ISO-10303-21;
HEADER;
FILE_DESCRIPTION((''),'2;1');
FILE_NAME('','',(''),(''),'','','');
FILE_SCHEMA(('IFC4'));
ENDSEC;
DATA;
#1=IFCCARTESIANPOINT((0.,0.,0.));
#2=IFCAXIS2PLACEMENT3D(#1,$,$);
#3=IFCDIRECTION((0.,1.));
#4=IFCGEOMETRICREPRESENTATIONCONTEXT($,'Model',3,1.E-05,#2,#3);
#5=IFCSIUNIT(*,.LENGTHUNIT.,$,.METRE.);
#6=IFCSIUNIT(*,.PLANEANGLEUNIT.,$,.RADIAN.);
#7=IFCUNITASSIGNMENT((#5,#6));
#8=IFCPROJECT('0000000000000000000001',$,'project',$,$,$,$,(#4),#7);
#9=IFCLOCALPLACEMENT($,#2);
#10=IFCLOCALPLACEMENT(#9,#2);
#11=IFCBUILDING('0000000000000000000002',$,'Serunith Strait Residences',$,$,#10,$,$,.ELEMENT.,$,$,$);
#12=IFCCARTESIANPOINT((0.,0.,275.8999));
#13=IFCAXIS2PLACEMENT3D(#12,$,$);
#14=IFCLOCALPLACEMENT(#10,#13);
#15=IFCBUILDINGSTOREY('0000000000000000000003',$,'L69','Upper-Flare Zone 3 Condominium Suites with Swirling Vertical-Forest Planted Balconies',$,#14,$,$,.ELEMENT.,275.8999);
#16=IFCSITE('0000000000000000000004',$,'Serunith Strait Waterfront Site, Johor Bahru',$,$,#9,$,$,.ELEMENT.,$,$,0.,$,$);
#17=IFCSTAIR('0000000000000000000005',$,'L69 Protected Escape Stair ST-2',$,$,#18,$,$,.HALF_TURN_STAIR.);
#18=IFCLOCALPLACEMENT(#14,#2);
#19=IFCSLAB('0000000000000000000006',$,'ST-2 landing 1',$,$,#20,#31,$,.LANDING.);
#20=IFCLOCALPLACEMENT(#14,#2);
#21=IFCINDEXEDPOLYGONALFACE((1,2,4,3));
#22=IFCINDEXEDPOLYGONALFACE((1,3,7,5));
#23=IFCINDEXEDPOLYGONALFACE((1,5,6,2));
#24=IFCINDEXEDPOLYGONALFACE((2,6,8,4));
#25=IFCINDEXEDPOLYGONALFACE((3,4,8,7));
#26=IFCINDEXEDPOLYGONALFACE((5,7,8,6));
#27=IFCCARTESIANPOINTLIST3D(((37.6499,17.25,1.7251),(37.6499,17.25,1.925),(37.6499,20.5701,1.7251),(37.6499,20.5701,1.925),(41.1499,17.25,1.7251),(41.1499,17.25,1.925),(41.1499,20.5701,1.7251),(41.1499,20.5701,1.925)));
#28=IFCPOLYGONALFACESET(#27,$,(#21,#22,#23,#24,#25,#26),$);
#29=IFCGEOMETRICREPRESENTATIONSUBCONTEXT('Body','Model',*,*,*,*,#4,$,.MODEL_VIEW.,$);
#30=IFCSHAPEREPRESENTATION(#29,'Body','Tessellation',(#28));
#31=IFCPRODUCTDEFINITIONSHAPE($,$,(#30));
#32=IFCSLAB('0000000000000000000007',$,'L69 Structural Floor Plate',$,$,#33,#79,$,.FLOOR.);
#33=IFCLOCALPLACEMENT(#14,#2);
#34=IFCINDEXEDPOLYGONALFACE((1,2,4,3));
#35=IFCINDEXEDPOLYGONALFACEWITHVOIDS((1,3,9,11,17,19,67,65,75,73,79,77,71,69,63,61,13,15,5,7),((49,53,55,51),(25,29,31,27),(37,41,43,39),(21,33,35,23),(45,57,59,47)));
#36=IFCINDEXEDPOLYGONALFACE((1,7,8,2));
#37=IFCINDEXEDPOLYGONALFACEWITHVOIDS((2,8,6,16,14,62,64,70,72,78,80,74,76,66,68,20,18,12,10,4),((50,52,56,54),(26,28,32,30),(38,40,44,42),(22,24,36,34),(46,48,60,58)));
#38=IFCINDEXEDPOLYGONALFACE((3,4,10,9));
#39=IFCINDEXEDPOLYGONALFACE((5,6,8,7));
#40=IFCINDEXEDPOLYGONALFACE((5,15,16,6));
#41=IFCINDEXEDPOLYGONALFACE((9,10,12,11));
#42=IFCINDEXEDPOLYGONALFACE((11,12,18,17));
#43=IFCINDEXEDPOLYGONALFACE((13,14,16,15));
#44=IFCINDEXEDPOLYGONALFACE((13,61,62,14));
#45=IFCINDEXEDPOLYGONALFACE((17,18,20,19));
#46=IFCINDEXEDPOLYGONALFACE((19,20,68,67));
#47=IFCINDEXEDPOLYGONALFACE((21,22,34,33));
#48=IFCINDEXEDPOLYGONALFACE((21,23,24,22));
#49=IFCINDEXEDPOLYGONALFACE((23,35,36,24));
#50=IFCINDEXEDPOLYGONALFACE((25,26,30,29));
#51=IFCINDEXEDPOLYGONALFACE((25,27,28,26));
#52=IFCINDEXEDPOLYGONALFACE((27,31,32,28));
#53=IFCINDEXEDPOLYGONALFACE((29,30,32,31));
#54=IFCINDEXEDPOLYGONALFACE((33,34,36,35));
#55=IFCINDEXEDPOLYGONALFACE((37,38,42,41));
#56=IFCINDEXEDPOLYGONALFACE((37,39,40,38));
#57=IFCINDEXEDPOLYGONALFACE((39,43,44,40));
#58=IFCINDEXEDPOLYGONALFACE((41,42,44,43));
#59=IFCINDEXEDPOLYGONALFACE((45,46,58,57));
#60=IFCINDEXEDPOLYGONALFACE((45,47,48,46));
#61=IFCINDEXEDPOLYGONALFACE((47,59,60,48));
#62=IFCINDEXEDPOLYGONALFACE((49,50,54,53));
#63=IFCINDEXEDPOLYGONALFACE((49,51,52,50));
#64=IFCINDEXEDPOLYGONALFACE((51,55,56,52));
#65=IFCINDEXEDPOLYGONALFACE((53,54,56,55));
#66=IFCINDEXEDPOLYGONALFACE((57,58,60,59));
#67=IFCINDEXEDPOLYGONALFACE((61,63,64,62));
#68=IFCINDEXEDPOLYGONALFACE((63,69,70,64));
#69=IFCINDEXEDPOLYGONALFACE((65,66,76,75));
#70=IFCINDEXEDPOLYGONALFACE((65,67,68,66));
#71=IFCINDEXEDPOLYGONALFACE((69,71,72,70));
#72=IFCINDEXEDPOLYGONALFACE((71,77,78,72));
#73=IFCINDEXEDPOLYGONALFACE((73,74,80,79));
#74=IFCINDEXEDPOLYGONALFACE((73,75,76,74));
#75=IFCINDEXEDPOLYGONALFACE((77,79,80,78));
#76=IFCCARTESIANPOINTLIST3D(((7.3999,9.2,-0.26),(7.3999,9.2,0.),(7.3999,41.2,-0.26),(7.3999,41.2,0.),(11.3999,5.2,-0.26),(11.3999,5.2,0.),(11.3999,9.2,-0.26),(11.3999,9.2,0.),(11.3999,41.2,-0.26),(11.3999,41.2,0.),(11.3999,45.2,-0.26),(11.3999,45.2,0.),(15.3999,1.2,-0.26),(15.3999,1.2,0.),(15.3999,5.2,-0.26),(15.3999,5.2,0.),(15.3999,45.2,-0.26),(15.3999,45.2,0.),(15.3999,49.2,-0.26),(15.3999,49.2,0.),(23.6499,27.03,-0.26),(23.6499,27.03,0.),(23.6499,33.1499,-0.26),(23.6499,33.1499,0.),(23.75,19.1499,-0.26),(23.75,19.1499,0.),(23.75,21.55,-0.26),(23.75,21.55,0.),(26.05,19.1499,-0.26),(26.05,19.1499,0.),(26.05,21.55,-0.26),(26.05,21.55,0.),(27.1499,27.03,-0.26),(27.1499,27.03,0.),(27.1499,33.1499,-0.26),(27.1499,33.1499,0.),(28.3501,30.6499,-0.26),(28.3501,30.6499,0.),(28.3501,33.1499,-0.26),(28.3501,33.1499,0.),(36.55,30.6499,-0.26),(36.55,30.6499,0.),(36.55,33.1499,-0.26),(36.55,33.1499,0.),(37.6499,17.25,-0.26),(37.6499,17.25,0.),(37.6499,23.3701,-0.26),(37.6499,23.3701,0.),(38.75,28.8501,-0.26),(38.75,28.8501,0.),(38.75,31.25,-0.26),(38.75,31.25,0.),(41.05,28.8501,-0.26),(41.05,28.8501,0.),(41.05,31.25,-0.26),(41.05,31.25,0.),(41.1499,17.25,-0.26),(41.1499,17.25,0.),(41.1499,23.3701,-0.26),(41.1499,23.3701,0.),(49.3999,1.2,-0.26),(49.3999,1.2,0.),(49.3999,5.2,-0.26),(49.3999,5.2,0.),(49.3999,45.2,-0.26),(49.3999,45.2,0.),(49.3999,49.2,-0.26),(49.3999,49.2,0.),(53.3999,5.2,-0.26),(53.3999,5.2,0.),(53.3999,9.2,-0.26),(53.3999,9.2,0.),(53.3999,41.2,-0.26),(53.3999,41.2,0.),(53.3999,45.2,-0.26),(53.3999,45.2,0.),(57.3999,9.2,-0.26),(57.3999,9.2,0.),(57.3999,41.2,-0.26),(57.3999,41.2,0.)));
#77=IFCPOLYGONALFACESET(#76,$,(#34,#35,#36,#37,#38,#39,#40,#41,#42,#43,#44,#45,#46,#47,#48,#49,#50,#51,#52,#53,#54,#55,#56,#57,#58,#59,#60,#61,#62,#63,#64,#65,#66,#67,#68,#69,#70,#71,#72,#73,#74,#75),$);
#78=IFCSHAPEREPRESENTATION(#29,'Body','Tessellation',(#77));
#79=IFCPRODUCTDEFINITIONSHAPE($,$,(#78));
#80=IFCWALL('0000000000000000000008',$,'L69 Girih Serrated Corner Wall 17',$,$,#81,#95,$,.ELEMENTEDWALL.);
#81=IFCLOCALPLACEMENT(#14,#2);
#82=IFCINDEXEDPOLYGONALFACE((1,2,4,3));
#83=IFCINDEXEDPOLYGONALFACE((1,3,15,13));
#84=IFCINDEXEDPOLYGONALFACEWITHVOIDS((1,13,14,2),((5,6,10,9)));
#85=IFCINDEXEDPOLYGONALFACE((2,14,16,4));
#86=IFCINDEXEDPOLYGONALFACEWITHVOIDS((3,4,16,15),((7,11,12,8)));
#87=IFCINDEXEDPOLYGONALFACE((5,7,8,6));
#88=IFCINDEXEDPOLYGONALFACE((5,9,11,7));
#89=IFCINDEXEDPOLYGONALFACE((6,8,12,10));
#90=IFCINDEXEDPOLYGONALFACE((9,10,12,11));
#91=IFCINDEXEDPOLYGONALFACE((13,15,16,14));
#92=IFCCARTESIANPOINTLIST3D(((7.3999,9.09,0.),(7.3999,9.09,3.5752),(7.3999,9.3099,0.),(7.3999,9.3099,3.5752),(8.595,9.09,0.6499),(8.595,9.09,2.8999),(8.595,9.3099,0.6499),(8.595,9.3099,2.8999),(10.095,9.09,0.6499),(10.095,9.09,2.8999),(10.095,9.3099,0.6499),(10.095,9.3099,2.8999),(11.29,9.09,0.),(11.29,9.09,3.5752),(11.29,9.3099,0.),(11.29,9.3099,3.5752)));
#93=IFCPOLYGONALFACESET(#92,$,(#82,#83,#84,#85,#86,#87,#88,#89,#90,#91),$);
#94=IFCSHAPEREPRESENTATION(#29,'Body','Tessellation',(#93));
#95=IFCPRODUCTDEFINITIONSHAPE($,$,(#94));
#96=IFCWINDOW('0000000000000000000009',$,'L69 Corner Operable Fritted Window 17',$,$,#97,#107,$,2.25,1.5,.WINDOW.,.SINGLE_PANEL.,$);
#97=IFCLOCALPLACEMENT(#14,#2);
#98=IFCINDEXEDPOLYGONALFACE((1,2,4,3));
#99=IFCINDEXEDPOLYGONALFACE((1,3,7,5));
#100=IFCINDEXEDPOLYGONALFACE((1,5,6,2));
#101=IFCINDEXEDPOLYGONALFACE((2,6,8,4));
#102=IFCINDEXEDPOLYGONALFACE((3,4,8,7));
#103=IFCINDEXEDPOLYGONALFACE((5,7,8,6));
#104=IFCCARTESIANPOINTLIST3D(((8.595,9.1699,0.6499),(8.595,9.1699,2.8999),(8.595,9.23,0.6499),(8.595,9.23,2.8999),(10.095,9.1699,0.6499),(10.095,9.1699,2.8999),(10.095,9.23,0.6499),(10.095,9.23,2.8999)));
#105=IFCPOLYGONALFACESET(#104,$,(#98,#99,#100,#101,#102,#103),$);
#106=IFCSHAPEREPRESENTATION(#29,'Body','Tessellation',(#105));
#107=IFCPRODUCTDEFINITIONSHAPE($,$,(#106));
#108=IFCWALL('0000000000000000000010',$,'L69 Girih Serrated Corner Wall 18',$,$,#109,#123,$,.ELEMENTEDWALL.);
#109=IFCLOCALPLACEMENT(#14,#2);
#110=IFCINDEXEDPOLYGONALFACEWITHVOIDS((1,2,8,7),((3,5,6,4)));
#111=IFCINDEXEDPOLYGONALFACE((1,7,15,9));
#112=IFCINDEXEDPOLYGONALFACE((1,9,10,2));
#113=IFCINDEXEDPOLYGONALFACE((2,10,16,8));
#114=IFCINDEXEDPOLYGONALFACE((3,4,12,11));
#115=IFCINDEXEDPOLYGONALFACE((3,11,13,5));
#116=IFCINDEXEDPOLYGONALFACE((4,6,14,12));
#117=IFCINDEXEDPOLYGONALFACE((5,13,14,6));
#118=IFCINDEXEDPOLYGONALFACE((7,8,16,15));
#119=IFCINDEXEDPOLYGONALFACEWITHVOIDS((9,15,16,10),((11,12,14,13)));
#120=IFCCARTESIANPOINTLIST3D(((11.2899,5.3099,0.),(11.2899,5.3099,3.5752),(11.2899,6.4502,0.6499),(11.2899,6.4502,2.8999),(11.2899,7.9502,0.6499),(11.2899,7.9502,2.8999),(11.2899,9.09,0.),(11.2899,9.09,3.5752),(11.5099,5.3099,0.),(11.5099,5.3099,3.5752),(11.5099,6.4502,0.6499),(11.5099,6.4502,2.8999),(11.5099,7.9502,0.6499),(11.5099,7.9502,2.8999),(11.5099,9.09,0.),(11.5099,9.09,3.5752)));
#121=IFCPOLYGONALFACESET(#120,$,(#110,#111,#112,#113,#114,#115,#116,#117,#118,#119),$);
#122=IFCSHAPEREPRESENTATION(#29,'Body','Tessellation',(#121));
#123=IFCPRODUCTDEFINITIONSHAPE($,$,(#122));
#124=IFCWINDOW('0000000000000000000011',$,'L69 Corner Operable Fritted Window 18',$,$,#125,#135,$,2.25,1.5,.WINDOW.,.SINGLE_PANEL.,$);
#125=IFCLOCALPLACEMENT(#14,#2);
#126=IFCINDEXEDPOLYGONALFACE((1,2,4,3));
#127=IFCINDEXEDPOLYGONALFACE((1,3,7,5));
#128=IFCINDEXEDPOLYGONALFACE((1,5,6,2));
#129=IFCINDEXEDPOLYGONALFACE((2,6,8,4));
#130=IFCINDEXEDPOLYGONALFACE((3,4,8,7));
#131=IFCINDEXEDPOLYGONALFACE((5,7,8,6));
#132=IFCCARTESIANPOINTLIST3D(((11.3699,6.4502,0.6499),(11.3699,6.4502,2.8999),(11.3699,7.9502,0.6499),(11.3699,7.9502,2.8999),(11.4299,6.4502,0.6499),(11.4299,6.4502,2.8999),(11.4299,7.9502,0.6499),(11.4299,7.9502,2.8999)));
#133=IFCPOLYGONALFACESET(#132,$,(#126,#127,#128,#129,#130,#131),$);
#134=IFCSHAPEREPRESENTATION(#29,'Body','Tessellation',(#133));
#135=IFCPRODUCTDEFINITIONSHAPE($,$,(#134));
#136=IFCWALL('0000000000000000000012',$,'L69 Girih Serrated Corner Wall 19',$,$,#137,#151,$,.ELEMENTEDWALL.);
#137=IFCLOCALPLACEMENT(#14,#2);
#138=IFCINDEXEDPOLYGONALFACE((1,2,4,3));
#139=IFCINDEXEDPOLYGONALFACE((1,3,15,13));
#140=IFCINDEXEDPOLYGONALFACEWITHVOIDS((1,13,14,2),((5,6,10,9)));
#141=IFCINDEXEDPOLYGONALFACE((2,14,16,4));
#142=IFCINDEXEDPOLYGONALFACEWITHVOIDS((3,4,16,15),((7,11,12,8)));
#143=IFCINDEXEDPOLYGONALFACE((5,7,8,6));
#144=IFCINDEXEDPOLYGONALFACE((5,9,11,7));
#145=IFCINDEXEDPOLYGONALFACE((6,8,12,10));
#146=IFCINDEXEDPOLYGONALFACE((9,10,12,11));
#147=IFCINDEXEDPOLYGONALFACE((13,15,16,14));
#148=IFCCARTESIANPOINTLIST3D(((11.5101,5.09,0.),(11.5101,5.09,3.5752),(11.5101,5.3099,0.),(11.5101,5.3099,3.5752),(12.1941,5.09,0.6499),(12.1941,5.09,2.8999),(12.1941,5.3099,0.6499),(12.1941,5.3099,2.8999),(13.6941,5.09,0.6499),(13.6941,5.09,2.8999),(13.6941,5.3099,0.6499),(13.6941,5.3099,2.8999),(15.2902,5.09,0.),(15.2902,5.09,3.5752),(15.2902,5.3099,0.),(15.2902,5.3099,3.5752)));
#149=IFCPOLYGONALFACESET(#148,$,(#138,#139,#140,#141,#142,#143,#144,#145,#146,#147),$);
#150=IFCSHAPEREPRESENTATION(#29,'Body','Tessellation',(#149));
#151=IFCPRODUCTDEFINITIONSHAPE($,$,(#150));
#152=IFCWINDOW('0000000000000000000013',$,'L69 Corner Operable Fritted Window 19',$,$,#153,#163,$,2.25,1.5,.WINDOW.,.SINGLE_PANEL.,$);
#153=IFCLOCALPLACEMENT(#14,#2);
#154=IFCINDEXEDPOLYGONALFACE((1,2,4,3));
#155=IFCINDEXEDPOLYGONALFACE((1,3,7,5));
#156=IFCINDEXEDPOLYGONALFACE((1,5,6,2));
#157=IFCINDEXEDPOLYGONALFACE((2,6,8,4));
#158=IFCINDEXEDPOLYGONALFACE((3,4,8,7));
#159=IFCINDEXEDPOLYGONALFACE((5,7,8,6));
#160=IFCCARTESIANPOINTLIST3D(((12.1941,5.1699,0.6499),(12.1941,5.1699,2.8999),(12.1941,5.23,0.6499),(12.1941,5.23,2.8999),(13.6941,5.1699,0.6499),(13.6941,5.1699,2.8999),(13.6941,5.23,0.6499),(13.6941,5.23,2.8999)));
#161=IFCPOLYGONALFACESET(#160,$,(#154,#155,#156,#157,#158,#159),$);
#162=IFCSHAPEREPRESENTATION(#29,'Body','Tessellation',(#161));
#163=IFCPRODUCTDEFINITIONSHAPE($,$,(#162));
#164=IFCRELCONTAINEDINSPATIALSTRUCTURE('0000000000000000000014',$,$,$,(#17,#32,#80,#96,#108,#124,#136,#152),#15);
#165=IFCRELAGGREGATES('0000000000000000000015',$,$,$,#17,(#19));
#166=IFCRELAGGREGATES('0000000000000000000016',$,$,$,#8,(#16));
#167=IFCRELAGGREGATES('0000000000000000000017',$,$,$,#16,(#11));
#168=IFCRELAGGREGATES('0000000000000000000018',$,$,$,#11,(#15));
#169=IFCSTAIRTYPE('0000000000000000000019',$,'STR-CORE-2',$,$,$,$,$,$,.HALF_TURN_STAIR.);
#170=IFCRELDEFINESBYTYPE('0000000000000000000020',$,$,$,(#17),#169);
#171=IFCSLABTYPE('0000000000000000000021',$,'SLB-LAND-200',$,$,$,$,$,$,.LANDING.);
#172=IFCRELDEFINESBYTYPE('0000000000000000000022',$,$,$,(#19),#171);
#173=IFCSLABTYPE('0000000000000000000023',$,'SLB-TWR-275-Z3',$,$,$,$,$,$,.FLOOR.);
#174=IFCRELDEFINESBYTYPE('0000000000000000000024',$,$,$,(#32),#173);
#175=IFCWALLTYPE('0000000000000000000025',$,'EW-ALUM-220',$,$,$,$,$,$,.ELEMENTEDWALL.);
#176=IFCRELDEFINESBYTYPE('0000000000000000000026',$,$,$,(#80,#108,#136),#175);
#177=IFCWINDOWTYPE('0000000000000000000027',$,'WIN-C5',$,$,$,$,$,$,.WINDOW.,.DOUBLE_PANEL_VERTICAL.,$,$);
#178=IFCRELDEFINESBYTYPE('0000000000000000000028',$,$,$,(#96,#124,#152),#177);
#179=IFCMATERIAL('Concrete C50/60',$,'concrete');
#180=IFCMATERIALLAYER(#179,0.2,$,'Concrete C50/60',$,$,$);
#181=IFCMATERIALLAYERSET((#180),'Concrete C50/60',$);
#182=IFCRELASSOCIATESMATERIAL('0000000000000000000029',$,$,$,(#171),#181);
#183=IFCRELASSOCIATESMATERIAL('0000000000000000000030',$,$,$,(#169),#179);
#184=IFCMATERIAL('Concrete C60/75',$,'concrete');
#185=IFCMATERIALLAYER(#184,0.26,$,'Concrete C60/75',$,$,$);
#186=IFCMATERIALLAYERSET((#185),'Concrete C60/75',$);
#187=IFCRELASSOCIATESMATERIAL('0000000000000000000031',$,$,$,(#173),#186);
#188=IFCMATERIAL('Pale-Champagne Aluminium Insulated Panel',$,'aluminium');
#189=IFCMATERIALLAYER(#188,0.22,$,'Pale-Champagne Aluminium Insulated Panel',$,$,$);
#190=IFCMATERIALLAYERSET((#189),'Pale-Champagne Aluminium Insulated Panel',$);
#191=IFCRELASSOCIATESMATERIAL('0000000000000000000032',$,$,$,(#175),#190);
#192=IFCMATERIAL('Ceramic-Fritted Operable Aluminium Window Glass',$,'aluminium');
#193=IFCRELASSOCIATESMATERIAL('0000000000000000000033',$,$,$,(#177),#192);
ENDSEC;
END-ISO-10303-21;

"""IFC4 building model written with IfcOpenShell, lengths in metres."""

from ifc_helpers import new_model, si_unit, direction, frame, frame_2d, origin, place, context, subcontext, project, spatial, polyline, rectangle, outline, extrude, source, transform, mapped, material, layer, layer_set, type_object, element, fill, aggregate, save


model = new_model("IFC4")

# Units and contexts
model_context = context("Model", 3, precision=1e-05, world=origin(), true_north=direction((0.0, 1.0)))
body_context = subcontext(model_context, "Body", "Model", "MODEL_VIEW")
ifc_project = project(units=[si_unit("LENGTHUNIT", "METRE"), si_unit("PLANEANGLEUNIT", "RADIAN")], contexts=[model_context])

# Site, building, storey
site_placement = place(None, origin())
site = spatial("IfcSite", under=ifc_project, at=site_placement, Name="Serunith Strait Waterfront Site, Johor Bahru", CompositionType="ELEMENT", RefElevation=0.0)
building_placement = place(site_placement, origin())
building = spatial("IfcBuilding", under=site, at=building_placement, Name="Serunith Strait Residences", CompositionType="ELEMENT")
storey_placement = place(building_placement, frame((0.0, 0.0, 275.8999)))
storey = spatial("IfcBuildingStorey", under=building, at=storey_placement, Name="L69", Description="Upper-Flare Zone 3 Condominium Suites with Swirling Vertical-Forest Planted Balconies", CompositionType="ELEMENT", Elevation=275.8999)

# Shared definitions
ifc_material_1 = material(Name="Concrete C50/60", Category="concrete")

# Stair, slab
ifc_layer_1 = layer(ifc_material_1, 0.2, Name="Concrete C50/60")
ifc_layer_set_1 = layer_set([ifc_layer_1], Name="Concrete C50/60")
slab_type_1 = type_object("IfcSlabType", Name="SLB-LAND-200", PredefinedType="LANDING", material=ifc_layer_set_1)
stair_type_1 = type_object("IfcStairType", Name="STR-CORE-2", PredefinedType="HALF_TURN_STAIR", material=ifc_material_1)
stair_1_placement = place(storey_placement, origin())
stair_1 = element("IfcStair", 1, at=stair_1_placement, inside=storey, type_object=stair_type_1, Name="L69 Protected Escape Stair ST-2", PredefinedType="HALF_TURN_STAIR")
slab_1_placement = place(storey_placement, frame((0.0, 0.0, 1.7251)))
slab_1 = element("IfcSlab", 2, at=slab_1_placement, type_object=slab_type_1, Name="ST-2 landing 1", PredefinedType="LANDING", context=body_context, shape_type="SweptSolid", body=[
    extrude(outline(polyline([(37.6499, 20.5701), (37.6499, 17.25), (41.1499, 17.25), (41.1499, 20.5701), (37.6499, 20.5701)])), origin(), (0.0, 0.0, 1.0), 0.2),
])
aggregate(stair_1, [slab_1])

# Slab
ifc_material_2 = material(Name="Concrete C60/75", Category="concrete")
ifc_layer_2 = layer(ifc_material_2, 0.26, Name="Concrete C60/75")
ifc_layer_set_2 = layer_set([ifc_layer_2], Name="Concrete C60/75")
slab_type_2 = type_object("IfcSlabType", Name="SLB-TWR-275-Z3", PredefinedType="FLOOR", material=ifc_layer_set_2)
slab_2_placement = place(storey_placement, frame((0.0, 0.0, -0.26)))
element("IfcSlab", 3, at=slab_2_placement, inside=storey, type_object=slab_type_2, Name="L69 Structural Floor Plate", PredefinedType="FLOOR", context=body_context, shape_type="SweptSolid", body=[
    extrude(outline(polyline([(15.3999, 5.2), (11.3999, 5.2), (11.3999, 9.2), (7.3999, 9.2), (7.3999, 41.2), (11.3999, 41.2), (11.3999, 45.2), (15.3999, 45.2), (15.3999, 49.2), (49.3999, 49.2), (49.3999, 45.2), (53.3999, 45.2), (53.3999, 41.2), (57.3999, 41.2), (57.3999, 9.2), (53.3999, 9.2), (53.3999, 5.2), (49.3999, 5.2), (49.3999, 1.2), (15.3999, 1.2), (15.3999, 5.2)]), holes=[polyline([(41.1499, 23.3701), (37.6499, 23.3701), (37.6499, 17.25), (41.1499, 17.25), (41.1499, 23.3701)]), polyline([(38.75, 31.25), (38.75, 28.8501), (41.05, 28.8501), (41.05, 31.25), (38.75, 31.25)]), polyline([(36.55, 33.1499), (28.3501, 33.1499), (28.3501, 30.6499), (36.55, 30.6499), (36.55, 33.1499)]), polyline([(23.6499, 33.1499), (23.6499, 27.03), (27.1499, 27.03), (27.1499, 33.1499), (23.6499, 33.1499)]), polyline([(23.75, 21.55), (23.75, 19.1499), (26.05, 19.1499), (26.05, 21.55), (23.75, 21.55)])]), origin(), (0.0, 0.0, 1.0), 0.26),
])

# Walls, openings, windows
ifc_material_3 = material(Name="Pale-Champagne Aluminium Insulated Panel", Category="aluminium")
ifc_layer_3 = layer(ifc_material_3, 0.22, Name="Pale-Champagne Aluminium Insulated Panel")
ifc_layer_set_3 = layer_set([ifc_layer_3], Name="Pale-Champagne Aluminium Insulated Panel")
wall_type_1 = type_object("IfcWallType", Name="EW-ALUM-220", PredefinedType="ELEMENTEDWALL", material=ifc_layer_set_3)
wall_1_placement = place(storey_placement, frame((7.3999, 9.2, 0.0), z_axis=(0.0, 0.0, 1.0), x_axis=(1.0, 0.0, 0.0)))
wall_1 = element("IfcWall", 4, at=wall_1_placement, inside=storey, type_object=wall_type_1, Name="L69 Girih Serrated Corner Wall 17", PredefinedType="ELEMENTEDWALL", context=body_context, shape_type="SweptSolid", body=[
    extrude(rectangle(XDim=3.8901, YDim=0.22, at=frame_2d((1.9451, 0.0))), origin(), (0.0, 0.0, 1.0), 3.5752),
])
opening_1_placement = place(wall_1_placement, frame((1.1951, 0.0, 0.6499)))
opening_1 = element("IfcOpeningElement", 5, at=opening_1_placement, cuts=wall_1, PredefinedType="OPENING", context=body_context, shape_type="SweptSolid", body=[
    extrude(rectangle(XDim=1.5, YDim=2.25, at=frame_2d((0.75, 1.125))), frame((0.0, 0.1201, 0.0), z_axis=(0.0, -1.0, 0.0), x_axis=(1.0, 0.0, 0.0)), (0.0, 0.0, 1.0), 0.24),
])
ifc_material_4 = material(Name="Ceramic-Fritted Operable Aluminium Window Glass", Category="aluminium")
window_type = type_object("IfcWindowType", Name="WIN-C5", PartitioningType="DOUBLE_PANEL_VERTICAL", PredefinedType="WINDOW", material=ifc_material_4)
shared_shape_1 = source(origin(), body_context, "Body", "SweptSolid", [
    extrude(rectangle(XDim=1.5, YDim=2.25, at=frame_2d((0.75, 1.125))), frame((0.0, 0.03, 0.0), z_axis=(0.0, -1.0, 0.0), x_axis=(1.0, 0.0, 0.0)), (0.0, 0.0, 1.0), 0.0601),
])
window_1_placement = place(opening_1_placement, origin())
window_1 = element("IfcWindow", 6, at=window_1_placement, inside=storey, type_object=window_type, Name="L69 Corner Operable Fritted Window 17", OverallHeight=2.25, OverallWidth=1.5, PartitioningType="SINGLE_PANEL", PredefinedType="WINDOW", context=body_context, shape_type="MappedRepresentation", body=[
    mapped(shared_shape_1, transform((0.0, 0.0, 0.0), scale=1.0)),
])
fill(opening_1, window_1)
wall_2_placement = place(storey_placement, frame((11.3999, 9.0901, 0.0), z_axis=(0.0, 0.0, 1.0), x_axis=(0.0, -1.0, 0.0)))
wall_2 = element("IfcWall", 7, at=wall_2_placement, inside=storey, type_object=wall_type_1, Name="L69 Girih Serrated Corner Wall 18", PredefinedType="ELEMENTEDWALL", context=body_context, shape_type="SweptSolid", body=[
    extrude(rectangle(XDim=3.78, YDim=0.22, at=frame_2d((1.8901, 0.0))), origin(), (0.0, 0.0, 1.0), 3.5752),
])
opening_2_placement = place(wall_2_placement, frame((1.1399, 0.0, 0.6499)))
opening_2 = element("IfcOpeningElement", 8, at=opening_2_placement, cuts=wall_2, PredefinedType="OPENING", context=body_context, shape_type="SweptSolid", body=[
    extrude(rectangle(XDim=1.5, YDim=2.25, at=frame_2d((0.75, 1.125))), frame((0.0, 0.1201, 0.0), z_axis=(0.0, -1.0, 0.0), x_axis=(1.0, 0.0, 0.0)), (0.0, 0.0, 1.0), 0.24),
])
window_2_placement = place(opening_2_placement, origin())
window_2 = element("IfcWindow", 9, at=window_2_placement, inside=storey, type_object=window_type, Name="L69 Corner Operable Fritted Window 18", OverallHeight=2.25, OverallWidth=1.5, PartitioningType="SINGLE_PANEL", PredefinedType="WINDOW", context=body_context, shape_type="MappedRepresentation", body=[
    mapped(shared_shape_1, transform((0.0, 0.0, 0.0), scale=1.0)),
])
fill(opening_2, window_2)
wall_3_placement = place(storey_placement, frame((11.51, 5.2, 0.0), z_axis=(0.0, 0.0, 1.0), x_axis=(1.0, 0.0, 0.0)))
wall_3 = element("IfcWall", 10, at=wall_3_placement, inside=storey, type_object=wall_type_1, Name="L69 Girih Serrated Corner Wall 19", PredefinedType="ELEMENTEDWALL", context=body_context, shape_type="SweptSolid", body=[
    extrude(rectangle(XDim=3.78, YDim=0.22, at=frame_2d((1.8901, 0.0))), origin(), (0.0, 0.0, 1.0), 3.5752),
])
opening_3_placement = place(wall_3_placement, frame((0.6841, 0.0, 0.6499)))
opening_3 = element("IfcOpeningElement", 11, at=opening_3_placement, cuts=wall_3, PredefinedType="OPENING", context=body_context, shape_type="SweptSolid", body=[
    extrude(rectangle(XDim=1.5, YDim=2.25, at=frame_2d((0.75, 1.125))), frame((0.0, 0.1201, 0.0), z_axis=(0.0, -1.0, 0.0), x_axis=(1.0, 0.0, 0.0)), (0.0, 0.0, 1.0), 0.24),
])
window_3_placement = place(opening_3_placement, origin())
window_3 = element("IfcWindow", 12, at=window_3_placement, inside=storey, type_object=window_type, Name="L69 Corner Operable Fritted Window 19", OverallHeight=2.25, OverallWidth=1.5, PartitioningType="SINGLE_PANEL", PredefinedType="WINDOW", context=body_context, shape_type="MappedRepresentation", body=[
    mapped(shared_shape_1, transform((0.0, 0.0, 0.0), scale=1.0)),
])
fill(opening_3, window_3)

save(model, "model.ifc")
